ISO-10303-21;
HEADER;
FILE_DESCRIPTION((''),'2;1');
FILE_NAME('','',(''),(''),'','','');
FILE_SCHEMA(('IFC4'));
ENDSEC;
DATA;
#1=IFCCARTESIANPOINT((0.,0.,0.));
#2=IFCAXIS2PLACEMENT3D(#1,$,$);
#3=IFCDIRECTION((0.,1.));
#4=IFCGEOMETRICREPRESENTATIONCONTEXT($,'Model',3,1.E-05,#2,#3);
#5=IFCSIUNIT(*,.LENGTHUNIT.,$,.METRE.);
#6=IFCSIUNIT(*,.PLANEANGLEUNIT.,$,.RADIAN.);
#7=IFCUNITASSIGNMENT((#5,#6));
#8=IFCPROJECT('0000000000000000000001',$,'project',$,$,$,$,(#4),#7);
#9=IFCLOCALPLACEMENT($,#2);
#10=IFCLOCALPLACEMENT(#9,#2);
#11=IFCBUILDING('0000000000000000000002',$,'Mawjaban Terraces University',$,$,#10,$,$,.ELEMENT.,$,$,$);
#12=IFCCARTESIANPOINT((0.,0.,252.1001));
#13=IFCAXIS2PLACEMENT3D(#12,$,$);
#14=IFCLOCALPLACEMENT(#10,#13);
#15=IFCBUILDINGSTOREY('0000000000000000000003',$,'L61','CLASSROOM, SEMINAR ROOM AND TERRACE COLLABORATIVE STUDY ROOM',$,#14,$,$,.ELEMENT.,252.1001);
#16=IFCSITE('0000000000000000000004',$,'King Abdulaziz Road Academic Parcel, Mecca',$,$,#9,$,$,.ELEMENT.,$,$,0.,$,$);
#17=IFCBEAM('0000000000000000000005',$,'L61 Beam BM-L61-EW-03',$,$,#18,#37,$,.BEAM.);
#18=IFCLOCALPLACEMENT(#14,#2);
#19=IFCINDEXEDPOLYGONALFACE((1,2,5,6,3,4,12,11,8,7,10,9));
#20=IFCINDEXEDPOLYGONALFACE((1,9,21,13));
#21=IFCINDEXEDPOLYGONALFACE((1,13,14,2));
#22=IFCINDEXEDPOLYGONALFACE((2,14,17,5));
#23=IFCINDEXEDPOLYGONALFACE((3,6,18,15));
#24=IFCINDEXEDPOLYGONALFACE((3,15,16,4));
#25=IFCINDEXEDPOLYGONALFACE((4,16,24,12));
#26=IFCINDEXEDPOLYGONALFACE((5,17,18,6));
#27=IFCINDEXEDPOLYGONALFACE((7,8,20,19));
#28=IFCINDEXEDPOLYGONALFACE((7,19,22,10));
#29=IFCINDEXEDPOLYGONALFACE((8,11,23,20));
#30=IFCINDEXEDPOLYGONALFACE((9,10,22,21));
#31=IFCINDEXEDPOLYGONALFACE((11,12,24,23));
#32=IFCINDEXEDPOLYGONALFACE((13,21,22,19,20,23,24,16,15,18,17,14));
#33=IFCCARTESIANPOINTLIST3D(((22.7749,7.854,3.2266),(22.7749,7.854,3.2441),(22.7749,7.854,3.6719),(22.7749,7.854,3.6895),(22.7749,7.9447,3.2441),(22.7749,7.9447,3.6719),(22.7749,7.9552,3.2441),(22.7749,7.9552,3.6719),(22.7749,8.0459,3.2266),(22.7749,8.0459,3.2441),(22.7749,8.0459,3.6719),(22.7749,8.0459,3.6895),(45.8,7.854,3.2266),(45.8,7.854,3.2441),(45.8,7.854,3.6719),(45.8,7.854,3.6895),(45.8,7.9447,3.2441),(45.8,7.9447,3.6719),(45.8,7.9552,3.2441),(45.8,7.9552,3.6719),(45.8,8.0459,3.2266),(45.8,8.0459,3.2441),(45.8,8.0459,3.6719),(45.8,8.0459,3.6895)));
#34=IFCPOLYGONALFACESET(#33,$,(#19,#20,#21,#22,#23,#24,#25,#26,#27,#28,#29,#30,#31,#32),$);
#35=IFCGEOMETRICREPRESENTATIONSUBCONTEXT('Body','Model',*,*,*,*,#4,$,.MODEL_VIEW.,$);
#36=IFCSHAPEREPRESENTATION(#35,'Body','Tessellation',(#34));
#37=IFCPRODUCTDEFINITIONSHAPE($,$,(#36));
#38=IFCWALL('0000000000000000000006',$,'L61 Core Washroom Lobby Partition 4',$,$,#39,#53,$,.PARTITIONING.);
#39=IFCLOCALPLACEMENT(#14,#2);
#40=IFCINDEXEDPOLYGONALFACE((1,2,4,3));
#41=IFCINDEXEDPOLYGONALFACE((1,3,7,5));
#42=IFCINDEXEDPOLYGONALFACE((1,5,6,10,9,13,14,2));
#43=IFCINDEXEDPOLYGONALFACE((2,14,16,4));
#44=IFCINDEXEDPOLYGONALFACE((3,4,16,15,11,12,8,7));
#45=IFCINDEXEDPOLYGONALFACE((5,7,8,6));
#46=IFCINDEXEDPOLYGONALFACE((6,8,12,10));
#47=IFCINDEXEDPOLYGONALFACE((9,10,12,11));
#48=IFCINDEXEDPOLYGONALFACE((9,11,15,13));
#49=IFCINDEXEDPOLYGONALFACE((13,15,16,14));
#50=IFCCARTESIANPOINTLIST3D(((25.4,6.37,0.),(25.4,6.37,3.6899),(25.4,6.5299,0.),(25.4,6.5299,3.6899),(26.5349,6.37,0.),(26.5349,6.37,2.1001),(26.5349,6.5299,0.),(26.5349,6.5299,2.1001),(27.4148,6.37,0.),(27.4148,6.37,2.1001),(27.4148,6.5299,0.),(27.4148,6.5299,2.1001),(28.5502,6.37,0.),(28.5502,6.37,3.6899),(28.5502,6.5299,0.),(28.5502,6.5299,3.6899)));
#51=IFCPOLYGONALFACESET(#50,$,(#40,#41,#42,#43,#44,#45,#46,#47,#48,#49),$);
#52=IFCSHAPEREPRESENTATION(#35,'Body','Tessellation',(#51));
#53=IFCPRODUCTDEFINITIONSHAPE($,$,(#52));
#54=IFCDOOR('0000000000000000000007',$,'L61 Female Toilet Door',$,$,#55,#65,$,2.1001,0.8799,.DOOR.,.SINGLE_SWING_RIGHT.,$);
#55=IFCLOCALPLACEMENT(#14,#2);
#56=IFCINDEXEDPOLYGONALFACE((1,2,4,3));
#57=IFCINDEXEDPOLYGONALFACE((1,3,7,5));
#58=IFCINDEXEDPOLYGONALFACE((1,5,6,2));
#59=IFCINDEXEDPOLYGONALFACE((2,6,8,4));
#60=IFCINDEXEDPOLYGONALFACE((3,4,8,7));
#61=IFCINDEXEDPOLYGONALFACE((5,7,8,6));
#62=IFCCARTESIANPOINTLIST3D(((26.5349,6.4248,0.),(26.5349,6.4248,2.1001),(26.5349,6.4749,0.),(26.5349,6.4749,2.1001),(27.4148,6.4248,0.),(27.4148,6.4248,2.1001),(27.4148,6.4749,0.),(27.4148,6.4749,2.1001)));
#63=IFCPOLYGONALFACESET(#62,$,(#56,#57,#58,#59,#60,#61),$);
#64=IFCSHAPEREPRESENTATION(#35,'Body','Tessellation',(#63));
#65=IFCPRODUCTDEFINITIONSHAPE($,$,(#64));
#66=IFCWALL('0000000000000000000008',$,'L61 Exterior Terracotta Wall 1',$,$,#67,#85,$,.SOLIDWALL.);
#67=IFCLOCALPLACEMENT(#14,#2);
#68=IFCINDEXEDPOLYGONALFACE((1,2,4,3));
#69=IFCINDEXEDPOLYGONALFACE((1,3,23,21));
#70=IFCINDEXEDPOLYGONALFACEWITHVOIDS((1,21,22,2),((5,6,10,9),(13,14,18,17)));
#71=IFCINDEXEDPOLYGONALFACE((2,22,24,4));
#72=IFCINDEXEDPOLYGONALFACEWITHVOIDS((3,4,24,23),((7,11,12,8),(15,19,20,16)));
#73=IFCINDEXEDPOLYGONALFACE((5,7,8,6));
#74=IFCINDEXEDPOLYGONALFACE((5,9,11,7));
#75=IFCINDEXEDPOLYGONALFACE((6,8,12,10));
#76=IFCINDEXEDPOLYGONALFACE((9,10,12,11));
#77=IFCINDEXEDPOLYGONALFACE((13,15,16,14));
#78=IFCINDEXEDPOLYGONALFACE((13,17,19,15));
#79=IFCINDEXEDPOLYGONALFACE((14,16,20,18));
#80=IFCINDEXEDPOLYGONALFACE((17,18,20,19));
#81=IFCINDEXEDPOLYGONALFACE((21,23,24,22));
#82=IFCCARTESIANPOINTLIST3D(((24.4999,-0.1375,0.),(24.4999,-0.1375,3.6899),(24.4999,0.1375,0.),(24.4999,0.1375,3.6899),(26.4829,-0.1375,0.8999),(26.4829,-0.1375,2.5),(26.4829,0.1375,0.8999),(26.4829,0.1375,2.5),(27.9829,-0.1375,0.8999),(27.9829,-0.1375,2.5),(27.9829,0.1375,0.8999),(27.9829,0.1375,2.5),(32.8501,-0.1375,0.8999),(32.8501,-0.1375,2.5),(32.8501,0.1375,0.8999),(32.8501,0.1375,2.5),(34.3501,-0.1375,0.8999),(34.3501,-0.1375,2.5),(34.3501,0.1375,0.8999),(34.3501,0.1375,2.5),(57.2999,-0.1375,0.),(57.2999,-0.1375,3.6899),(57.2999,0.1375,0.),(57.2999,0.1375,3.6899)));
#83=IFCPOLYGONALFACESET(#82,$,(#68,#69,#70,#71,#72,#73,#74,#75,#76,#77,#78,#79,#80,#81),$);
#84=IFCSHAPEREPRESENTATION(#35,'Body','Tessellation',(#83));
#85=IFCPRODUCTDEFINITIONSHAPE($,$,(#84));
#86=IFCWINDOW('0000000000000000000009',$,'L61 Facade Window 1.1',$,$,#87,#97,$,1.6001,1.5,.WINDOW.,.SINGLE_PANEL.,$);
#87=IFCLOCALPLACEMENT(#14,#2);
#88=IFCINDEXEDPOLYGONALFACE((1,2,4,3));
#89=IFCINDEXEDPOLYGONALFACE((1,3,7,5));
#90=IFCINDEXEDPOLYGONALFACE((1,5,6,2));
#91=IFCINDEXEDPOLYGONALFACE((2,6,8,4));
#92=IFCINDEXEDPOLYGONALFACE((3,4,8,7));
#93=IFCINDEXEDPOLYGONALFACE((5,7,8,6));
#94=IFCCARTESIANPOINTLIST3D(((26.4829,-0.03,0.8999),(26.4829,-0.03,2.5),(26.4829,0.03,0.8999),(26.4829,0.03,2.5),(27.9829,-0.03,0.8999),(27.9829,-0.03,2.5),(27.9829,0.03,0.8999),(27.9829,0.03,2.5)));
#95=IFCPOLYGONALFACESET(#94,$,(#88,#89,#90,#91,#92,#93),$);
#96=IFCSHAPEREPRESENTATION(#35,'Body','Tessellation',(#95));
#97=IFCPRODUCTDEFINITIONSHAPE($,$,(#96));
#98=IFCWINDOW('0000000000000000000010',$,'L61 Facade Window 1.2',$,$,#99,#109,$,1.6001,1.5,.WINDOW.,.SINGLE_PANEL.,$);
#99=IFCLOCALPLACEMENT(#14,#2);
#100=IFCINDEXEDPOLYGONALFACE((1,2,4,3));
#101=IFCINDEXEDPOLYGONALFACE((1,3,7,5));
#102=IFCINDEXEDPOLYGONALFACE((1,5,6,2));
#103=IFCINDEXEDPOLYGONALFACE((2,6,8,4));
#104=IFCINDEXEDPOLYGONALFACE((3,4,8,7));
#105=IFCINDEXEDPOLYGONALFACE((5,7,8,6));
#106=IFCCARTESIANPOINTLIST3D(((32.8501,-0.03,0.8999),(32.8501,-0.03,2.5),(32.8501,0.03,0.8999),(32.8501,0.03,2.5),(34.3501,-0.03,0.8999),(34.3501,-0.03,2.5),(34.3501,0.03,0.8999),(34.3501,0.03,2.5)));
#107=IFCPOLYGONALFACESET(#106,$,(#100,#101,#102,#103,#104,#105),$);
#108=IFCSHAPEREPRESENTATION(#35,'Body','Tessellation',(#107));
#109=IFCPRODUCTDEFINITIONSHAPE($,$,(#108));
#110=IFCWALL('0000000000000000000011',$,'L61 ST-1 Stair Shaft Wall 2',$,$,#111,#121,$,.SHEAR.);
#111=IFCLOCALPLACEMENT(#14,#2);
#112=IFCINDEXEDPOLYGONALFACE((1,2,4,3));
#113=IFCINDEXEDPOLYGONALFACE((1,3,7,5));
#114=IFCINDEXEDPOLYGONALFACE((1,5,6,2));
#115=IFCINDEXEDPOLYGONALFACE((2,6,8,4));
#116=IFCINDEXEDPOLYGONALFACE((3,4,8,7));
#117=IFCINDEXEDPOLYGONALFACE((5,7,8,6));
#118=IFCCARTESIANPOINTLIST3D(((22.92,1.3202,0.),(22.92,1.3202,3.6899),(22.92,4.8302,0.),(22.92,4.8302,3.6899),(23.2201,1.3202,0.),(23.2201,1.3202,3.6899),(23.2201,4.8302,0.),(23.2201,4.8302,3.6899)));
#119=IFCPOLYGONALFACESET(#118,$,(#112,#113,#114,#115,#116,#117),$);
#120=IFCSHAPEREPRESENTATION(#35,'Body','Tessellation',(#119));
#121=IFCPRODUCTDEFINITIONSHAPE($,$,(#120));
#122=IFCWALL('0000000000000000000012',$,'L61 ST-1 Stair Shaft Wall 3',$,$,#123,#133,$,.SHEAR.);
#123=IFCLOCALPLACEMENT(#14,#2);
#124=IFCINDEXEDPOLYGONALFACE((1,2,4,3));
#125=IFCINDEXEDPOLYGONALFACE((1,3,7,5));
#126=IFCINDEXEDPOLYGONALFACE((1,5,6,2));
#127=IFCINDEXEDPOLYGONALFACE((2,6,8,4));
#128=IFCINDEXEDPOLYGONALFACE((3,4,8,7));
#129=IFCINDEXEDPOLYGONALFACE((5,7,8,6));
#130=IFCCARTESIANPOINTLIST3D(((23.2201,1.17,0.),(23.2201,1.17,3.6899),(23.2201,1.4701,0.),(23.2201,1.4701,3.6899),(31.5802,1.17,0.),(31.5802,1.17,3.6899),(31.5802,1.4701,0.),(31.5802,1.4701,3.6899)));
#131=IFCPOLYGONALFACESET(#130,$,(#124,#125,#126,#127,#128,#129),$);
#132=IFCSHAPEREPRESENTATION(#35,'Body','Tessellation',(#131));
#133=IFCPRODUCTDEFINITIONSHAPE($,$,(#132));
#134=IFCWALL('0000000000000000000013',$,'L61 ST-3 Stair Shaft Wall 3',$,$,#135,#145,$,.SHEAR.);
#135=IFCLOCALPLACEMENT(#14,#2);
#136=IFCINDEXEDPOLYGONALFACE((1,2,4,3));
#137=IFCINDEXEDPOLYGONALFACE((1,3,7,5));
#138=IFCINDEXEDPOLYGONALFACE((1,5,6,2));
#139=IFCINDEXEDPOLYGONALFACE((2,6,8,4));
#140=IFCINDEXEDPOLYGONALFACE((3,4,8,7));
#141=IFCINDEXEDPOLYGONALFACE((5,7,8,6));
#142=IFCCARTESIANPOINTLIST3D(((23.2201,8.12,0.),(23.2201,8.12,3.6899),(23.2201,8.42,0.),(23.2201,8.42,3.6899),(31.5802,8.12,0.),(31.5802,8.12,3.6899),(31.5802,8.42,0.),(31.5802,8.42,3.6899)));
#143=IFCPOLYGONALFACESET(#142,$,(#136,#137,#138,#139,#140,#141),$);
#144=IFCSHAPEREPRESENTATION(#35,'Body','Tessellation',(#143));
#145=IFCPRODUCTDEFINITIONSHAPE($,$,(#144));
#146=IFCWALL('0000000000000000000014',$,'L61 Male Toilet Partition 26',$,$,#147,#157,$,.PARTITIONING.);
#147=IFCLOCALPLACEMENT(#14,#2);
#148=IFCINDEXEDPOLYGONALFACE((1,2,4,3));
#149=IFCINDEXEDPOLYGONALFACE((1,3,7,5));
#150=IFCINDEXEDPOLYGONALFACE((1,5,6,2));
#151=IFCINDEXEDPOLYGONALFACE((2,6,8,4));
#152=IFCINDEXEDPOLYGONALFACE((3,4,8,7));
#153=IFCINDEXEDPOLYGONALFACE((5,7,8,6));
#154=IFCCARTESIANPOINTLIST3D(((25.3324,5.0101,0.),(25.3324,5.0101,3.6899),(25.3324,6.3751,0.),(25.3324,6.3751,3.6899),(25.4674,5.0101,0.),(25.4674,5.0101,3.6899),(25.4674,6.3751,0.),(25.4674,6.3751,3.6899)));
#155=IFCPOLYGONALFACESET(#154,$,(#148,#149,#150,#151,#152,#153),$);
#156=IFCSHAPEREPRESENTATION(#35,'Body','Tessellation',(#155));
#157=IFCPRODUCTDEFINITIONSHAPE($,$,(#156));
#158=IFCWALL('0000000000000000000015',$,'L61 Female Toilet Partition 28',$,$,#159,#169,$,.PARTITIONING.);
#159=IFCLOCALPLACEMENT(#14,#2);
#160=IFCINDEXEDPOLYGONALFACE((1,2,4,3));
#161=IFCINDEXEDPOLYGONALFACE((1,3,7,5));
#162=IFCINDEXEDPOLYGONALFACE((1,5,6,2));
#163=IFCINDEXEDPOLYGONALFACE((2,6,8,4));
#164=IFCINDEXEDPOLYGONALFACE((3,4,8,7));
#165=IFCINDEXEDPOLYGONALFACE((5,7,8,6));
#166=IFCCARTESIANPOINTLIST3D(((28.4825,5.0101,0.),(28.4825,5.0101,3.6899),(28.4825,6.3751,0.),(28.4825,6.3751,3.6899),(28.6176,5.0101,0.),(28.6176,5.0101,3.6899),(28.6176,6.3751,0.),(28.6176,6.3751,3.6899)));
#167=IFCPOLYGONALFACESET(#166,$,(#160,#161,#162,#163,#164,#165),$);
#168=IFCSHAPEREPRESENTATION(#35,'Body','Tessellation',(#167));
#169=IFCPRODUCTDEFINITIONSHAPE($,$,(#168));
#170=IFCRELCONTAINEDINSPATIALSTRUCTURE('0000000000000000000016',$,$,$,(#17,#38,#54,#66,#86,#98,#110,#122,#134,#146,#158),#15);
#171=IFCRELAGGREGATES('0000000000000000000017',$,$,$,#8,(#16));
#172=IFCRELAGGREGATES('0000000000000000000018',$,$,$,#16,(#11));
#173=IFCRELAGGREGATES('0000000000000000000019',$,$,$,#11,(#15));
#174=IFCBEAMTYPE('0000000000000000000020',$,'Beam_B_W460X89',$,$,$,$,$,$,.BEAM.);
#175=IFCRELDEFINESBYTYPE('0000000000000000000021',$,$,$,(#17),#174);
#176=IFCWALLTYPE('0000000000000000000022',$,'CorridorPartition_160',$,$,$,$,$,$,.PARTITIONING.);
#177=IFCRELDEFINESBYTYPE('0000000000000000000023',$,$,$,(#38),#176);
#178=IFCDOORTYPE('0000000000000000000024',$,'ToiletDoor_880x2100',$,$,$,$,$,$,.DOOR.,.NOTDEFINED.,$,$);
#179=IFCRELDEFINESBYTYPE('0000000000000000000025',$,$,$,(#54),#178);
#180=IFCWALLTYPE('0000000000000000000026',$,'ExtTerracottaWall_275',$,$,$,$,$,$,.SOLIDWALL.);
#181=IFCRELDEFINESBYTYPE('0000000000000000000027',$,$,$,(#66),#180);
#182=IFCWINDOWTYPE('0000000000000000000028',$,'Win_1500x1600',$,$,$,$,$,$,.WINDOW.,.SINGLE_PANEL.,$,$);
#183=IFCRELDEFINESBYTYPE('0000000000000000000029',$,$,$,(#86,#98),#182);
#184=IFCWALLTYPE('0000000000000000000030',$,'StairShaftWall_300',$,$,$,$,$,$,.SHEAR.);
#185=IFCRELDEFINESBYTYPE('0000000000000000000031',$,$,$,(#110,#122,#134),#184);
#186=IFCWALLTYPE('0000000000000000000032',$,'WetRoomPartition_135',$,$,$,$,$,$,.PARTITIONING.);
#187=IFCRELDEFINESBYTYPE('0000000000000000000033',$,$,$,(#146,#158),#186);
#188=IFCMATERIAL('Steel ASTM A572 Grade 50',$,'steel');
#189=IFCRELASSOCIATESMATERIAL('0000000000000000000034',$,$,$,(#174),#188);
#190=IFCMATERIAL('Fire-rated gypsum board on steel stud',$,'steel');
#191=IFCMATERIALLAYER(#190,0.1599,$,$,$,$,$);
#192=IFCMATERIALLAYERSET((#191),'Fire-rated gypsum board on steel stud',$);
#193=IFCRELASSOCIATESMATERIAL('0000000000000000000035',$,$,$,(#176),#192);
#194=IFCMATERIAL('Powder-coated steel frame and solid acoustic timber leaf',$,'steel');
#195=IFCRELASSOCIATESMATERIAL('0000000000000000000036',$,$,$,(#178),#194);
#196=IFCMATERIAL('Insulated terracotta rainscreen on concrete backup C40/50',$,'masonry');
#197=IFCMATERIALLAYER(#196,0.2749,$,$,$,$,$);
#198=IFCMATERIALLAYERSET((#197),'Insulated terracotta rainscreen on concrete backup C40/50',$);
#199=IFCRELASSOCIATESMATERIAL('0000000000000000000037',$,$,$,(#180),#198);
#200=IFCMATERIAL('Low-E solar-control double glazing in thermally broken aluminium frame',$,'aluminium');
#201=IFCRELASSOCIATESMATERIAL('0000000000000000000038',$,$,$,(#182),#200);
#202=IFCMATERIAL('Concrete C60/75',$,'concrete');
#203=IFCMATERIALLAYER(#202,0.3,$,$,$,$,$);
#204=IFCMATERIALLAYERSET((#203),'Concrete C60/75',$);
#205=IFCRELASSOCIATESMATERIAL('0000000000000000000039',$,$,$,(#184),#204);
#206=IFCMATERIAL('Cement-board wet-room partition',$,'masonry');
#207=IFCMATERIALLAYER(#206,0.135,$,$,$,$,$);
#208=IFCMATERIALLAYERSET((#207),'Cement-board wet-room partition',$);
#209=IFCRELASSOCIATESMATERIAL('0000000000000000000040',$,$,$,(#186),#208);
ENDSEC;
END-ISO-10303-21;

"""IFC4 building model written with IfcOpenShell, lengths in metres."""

from ifc_helpers import new_model, si_unit, direction, frame, frame_2d, origin, origin_2d, place, context, subcontext, project, spatial, rectangle, i_section, extrude, material, layer, layer_set, material_profile, profile_set, type_object, element, fill, save


model = new_model("IFC4")

# Units and contexts
model_context = context("Model", 3, precision=1e-05, world=origin(), true_north=direction((0.0, 1.0)))
body_context = subcontext(model_context, "Body", "Model", "MODEL_VIEW")
ifc_project = project(units=[si_unit("LENGTHUNIT", "METRE"), si_unit("PLANEANGLEUNIT", "RADIAN")], contexts=[model_context])

# Site, building, storey
site_placement = place(None, origin())
site = spatial("IfcSite", under=ifc_project, at=site_placement, Name="King Abdulaziz Road Academic Parcel, Mecca", CompositionType="ELEMENT", RefElevation=0.0)
building_placement = place(site_placement, origin())
building = spatial("IfcBuilding", under=site, at=building_placement, Name="Mawjaban Terraces University", CompositionType="ELEMENT")
storey_placement = place(building_placement, frame((0.0, 0.0, 252.1001)))
storey = spatial("IfcBuildingStorey", under=building, at=storey_placement, Name="L61", Description="CLASSROOM, SEMINAR ROOM AND TERRACE COLLABORATIVE STUDY ROOM", CompositionType="ELEMENT", Elevation=252.1001)

# Beam
ifc_material_1 = material(Name="Steel ASTM A572 Grade 50", Category="steel")
ifc_material_profile = material_profile(ifc_material_1, i_section(OverallWidth=0.1919, OverallDepth=0.4629, WebThickness=0.0105, FlangeThickness=0.0176, at=origin_2d()), Name="W460X89")
ifc_profile_set = profile_set([ifc_material_profile], Name="Steel ASTM A572 Grade 50")
beam_type = type_object("IfcBeamType", Name="Beam_B_W460X89", PredefinedType="BEAM", material=ifc_profile_set)
beam_placement = place(storey_placement, frame((22.7749, 7.95, 3.458), z_axis=(1.0, 0.0, 0.0), x_axis=(0.0, 1.0, 0.0)))
element("IfcBeam", 1, at=beam_placement, inside=storey, type_object=beam_type, Name="L61 Beam BM-L61-EW-03", PredefinedType="BEAM", context=body_context, shape_type="SweptSolid", body=[
    extrude(i_section(OverallWidth=0.1919, OverallDepth=0.4629, WebThickness=0.0105, FlangeThickness=0.0176, at=origin_2d()), origin(), (0.0, 0.0, 1.0), 23.0251),
])

# Wall, opening, door
ifc_material_2 = material(Name="Fire-rated gypsum board on steel stud", Category="steel")
ifc_layer_1 = layer(ifc_material_2, 0.1599)
ifc_layer_set_1 = layer_set([ifc_layer_1], Name="Fire-rated gypsum board on steel stud")
wall_type_1 = type_object("IfcWallType", Name="CorridorPartition_160", PredefinedType="PARTITIONING", material=ifc_layer_set_1)
wall_1_placement = place(storey_placement, frame((25.3999, 6.45, 0.0), z_axis=(0.0, 0.0, 1.0), x_axis=(1.0, 0.0, 0.0)))
wall_1 = element("IfcWall", 2, at=wall_1_placement, inside=storey, type_object=wall_type_1, Name="L61 Core Washroom Lobby Partition 4", PredefinedType="PARTITIONING", context=body_context, shape_type="SweptSolid", body=[
    extrude(rectangle(XDim=3.1501, YDim=0.1599, at=frame_2d((1.5752, 0.0))), origin(), (0.0, 0.0, 1.0), 3.6899),
])
opening_1_placement = place(wall_1_placement, frame((1.135, 0.0, 0.0)))
opening_1 = element("IfcOpeningElement", 3, at=opening_1_placement, cuts=wall_1, PredefinedType="OPENING", context=body_context, shape_type="SweptSolid", body=[
    extrude(rectangle(XDim=0.8799, YDim=2.1001, at=frame_2d((0.4399, 1.05))), frame((0.0, 0.0898, 0.0), z_axis=(0.0, -1.0, 0.0), x_axis=(1.0, 0.0, 0.0)), (0.0, 0.0, 1.0), 0.1799),
])
ifc_material_3 = material(Name="Powder-coated steel frame and solid acoustic timber leaf", Category="steel")
door_type = type_object("IfcDoorType", Name="ToiletDoor_880x2100", OperationType="NOTDEFINED", PredefinedType="DOOR", material=ifc_material_3)
door_placement = place(opening_1_placement, origin())
door = element("IfcDoor", 4, at=door_placement, inside=storey, type_object=door_type, Name="L61 Female Toilet Door", OperationType="SINGLE_SWING_RIGHT", OverallHeight=2.1001, OverallWidth=0.8799, PredefinedType="DOOR", context=body_context, shape_type="SweptSolid", body=[
    extrude(rectangle(XDim=0.8799, YDim=2.1001, at=frame_2d((0.4399, 1.05))), frame((0.0, 0.0249, 0.0), z_axis=(0.0, -1.0, 0.0), x_axis=(1.0, 0.0, 0.0)), (0.0, 0.0, 1.0), 0.05),
])
fill(opening_1, door)

# Wall, openings, windows
ifc_material_4 = material(Name="Insulated terracotta rainscreen on concrete backup C40/50", Category="masonry")
ifc_layer_2 = layer(ifc_material_4, 0.2749)
ifc_layer_set_2 = layer_set([ifc_layer_2], Name="Insulated terracotta rainscreen on concrete backup C40/50")
wall_type_2 = type_object("IfcWallType", Name="ExtTerracottaWall_275", PredefinedType="SOLIDWALL", material=ifc_layer_set_2)
wall_2_placement = place(storey_placement, frame((24.5, 0.0, 0.0), z_axis=(0.0, 0.0, 1.0), x_axis=(1.0, 0.0, 0.0)))
wall_2 = element("IfcWall", 5, at=wall_2_placement, inside=storey, type_object=wall_type_2, Name="L61 Exterior Terracotta Wall 1", PredefinedType="SOLIDWALL", context=body_context, shape_type="SweptSolid", body=[
    extrude(rectangle(XDim=32.8, YDim=0.2749, at=frame_2d((16.3999, 0.0))), origin(), (0.0, 0.0, 1.0), 3.6899),
])
opening_2_placement = place(wall_2_placement, frame((1.9829, 0.0, 0.8999)))
opening_2 = element("IfcOpeningElement", 6, at=opening_2_placement, cuts=wall_2, PredefinedType="OPENING", context=body_context, shape_type="SweptSolid", body=[
    extrude(rectangle(XDim=1.5, YDim=1.6001, at=frame_2d((0.75, 0.8))), frame((0.0, 0.1475, 0.0), z_axis=(0.0, -1.0, 0.0), x_axis=(1.0, 0.0, 0.0)), (0.0, 0.0, 1.0), 0.2949),
])
opening_3_placement = place(wall_2_placement, frame((8.3501, 0.0, 0.8999)))
opening_3 = element("IfcOpeningElement", 7, at=opening_3_placement, cuts=wall_2, PredefinedType="OPENING", context=body_context, shape_type="SweptSolid", body=[
    extrude(rectangle(XDim=1.5, YDim=1.6001, at=frame_2d((0.75, 0.8))), frame((0.0, 0.1475, 0.0), z_axis=(0.0, -1.0, 0.0), x_axis=(1.0, 0.0, 0.0)), (0.0, 0.0, 1.0), 0.2949),
])
ifc_material_5 = material(Name="Low-E solar-control double glazing in thermally broken aluminium frame", Category="aluminium")
window_type = type_object("IfcWindowType", Name="Win_1500x1600", PartitioningType="SINGLE_PANEL", PredefinedType="WINDOW", material=ifc_material_5)
window_1_placement = place(opening_2_placement, origin())
window_1 = element("IfcWindow", 8, at=window_1_placement, inside=storey, type_object=window_type, Name="L61 Facade Window 1.1", OverallHeight=1.6001, OverallWidth=1.5, PartitioningType="SINGLE_PANEL", PredefinedType="WINDOW", context=body_context, shape_type="SweptSolid", body=[
    extrude(rectangle(XDim=1.5, YDim=1.6001, at=frame_2d((0.75, 0.8))), frame((0.0, 0.03, 0.0), z_axis=(0.0, -1.0, 0.0), x_axis=(1.0, 0.0, 0.0)), (0.0, 0.0, 1.0), 0.0601),
])
fill(opening_2, window_1)
window_2_placement = place(opening_3_placement, origin())
window_2 = element("IfcWindow", 9, at=window_2_placement, inside=storey, type_object=window_type, Name="L61 Facade Window 1.2", OverallHeight=1.6001, OverallWidth=1.5, PartitioningType="SINGLE_PANEL", PredefinedType="WINDOW", context=body_context, shape_type="SweptSolid", body=[
    extrude(rectangle(XDim=1.5, YDim=1.6001, at=frame_2d((0.75, 0.8))), frame((0.0, 0.03, 0.0), z_axis=(0.0, -1.0, 0.0), x_axis=(1.0, 0.0, 0.0)), (0.0, 0.0, 1.0), 0.0601),
])
fill(opening_3, window_2)

# Walls
ifc_material_6 = material(Name="Concrete C60/75", Category="concrete")
ifc_layer_3 = layer(ifc_material_6, 0.3)
ifc_layer_set_3 = layer_set([ifc_layer_3], Name="Concrete C60/75")
wall_type_3 = type_object("IfcWallType", Name="StairShaftWall_300", PredefinedType="SHEAR", material=ifc_layer_set_3)
wall_3_placement = place(storey_placement, frame((23.0701, 4.8301, 0.0), z_axis=(0.0, 0.0, 1.0), x_axis=(0.0, -1.0, 0.0)))
element("IfcWall", 10, at=wall_3_placement, inside=storey, type_object=wall_type_3, Name="L61 ST-1 Stair Shaft Wall 2", PredefinedType="SHEAR", context=body_context, shape_type="SweptSolid", body=[
    extrude(rectangle(XDim=3.51, YDim=0.3, at=frame_2d((1.7549, 0.0))), origin(), (0.0, 0.0, 1.0), 3.6899),
])
for number, where, z_axis, x_axis, name in (
    (11, (23.22, 1.3201, 0.0), (0.0, 0.0, 1.0), (1.0, 0.0, 0.0), "L61 ST-1 Stair Shaft Wall 3"),
    (12, (23.22, 8.27, 0.0), (0.0, 0.0, 1.0), (1.0, 0.0, 0.0), "L61 ST-3 Stair Shaft Wall 3"),
):
    element("IfcWall", number, at=place(storey_placement, frame(where, z_axis=z_axis, x_axis=x_axis)), inside=storey, type_object=wall_type_3, Name=name, PredefinedType="SHEAR", context=body_context, shape_type="SweptSolid", body=[
        extrude(rectangle(XDim=8.3601, YDim=0.3, at=frame_2d((4.1802, 0.0))), origin(), (0.0, 0.0, 1.0), 3.6899),
    ])
ifc_material_7 = material(Name="Cement-board wet-room partition", Category="masonry")
ifc_layer_4 = layer(ifc_material_7, 0.135)
ifc_layer_set_4 = layer_set([ifc_layer_4], Name="Cement-board wet-room partition")
wall_type_4 = type_object("IfcWallType", Name="WetRoomPartition_135", PredefinedType="PARTITIONING", material=ifc_layer_set_4)
for number, where, z_axis, x_axis, name in (
    (13, (25.3999, 5.01, 0.0), (0.0, 0.0, 1.0), (0.0, 1.0, 0.0), "L61 Male Toilet Partition 26"),
    (14, (28.55, 5.01, 0.0), (0.0, 0.0, 1.0), (0.0, 1.0, 0.0), "L61 Female Toilet Partition 28"),
):
    element("IfcWall", number, at=place(storey_placement, frame(where, z_axis=z_axis, x_axis=x_axis)), inside=storey, type_object=wall_type_4, Name=name, PredefinedType="PARTITIONING", context=body_context, shape_type="SweptSolid", body=[
        extrude(rectangle(XDim=1.365, YDim=0.135, at=frame_2d((0.6826, 0.0))), origin(), (0.0, 0.0, 1.0), 3.6899),
    ])

save(model, "model.ifc")
